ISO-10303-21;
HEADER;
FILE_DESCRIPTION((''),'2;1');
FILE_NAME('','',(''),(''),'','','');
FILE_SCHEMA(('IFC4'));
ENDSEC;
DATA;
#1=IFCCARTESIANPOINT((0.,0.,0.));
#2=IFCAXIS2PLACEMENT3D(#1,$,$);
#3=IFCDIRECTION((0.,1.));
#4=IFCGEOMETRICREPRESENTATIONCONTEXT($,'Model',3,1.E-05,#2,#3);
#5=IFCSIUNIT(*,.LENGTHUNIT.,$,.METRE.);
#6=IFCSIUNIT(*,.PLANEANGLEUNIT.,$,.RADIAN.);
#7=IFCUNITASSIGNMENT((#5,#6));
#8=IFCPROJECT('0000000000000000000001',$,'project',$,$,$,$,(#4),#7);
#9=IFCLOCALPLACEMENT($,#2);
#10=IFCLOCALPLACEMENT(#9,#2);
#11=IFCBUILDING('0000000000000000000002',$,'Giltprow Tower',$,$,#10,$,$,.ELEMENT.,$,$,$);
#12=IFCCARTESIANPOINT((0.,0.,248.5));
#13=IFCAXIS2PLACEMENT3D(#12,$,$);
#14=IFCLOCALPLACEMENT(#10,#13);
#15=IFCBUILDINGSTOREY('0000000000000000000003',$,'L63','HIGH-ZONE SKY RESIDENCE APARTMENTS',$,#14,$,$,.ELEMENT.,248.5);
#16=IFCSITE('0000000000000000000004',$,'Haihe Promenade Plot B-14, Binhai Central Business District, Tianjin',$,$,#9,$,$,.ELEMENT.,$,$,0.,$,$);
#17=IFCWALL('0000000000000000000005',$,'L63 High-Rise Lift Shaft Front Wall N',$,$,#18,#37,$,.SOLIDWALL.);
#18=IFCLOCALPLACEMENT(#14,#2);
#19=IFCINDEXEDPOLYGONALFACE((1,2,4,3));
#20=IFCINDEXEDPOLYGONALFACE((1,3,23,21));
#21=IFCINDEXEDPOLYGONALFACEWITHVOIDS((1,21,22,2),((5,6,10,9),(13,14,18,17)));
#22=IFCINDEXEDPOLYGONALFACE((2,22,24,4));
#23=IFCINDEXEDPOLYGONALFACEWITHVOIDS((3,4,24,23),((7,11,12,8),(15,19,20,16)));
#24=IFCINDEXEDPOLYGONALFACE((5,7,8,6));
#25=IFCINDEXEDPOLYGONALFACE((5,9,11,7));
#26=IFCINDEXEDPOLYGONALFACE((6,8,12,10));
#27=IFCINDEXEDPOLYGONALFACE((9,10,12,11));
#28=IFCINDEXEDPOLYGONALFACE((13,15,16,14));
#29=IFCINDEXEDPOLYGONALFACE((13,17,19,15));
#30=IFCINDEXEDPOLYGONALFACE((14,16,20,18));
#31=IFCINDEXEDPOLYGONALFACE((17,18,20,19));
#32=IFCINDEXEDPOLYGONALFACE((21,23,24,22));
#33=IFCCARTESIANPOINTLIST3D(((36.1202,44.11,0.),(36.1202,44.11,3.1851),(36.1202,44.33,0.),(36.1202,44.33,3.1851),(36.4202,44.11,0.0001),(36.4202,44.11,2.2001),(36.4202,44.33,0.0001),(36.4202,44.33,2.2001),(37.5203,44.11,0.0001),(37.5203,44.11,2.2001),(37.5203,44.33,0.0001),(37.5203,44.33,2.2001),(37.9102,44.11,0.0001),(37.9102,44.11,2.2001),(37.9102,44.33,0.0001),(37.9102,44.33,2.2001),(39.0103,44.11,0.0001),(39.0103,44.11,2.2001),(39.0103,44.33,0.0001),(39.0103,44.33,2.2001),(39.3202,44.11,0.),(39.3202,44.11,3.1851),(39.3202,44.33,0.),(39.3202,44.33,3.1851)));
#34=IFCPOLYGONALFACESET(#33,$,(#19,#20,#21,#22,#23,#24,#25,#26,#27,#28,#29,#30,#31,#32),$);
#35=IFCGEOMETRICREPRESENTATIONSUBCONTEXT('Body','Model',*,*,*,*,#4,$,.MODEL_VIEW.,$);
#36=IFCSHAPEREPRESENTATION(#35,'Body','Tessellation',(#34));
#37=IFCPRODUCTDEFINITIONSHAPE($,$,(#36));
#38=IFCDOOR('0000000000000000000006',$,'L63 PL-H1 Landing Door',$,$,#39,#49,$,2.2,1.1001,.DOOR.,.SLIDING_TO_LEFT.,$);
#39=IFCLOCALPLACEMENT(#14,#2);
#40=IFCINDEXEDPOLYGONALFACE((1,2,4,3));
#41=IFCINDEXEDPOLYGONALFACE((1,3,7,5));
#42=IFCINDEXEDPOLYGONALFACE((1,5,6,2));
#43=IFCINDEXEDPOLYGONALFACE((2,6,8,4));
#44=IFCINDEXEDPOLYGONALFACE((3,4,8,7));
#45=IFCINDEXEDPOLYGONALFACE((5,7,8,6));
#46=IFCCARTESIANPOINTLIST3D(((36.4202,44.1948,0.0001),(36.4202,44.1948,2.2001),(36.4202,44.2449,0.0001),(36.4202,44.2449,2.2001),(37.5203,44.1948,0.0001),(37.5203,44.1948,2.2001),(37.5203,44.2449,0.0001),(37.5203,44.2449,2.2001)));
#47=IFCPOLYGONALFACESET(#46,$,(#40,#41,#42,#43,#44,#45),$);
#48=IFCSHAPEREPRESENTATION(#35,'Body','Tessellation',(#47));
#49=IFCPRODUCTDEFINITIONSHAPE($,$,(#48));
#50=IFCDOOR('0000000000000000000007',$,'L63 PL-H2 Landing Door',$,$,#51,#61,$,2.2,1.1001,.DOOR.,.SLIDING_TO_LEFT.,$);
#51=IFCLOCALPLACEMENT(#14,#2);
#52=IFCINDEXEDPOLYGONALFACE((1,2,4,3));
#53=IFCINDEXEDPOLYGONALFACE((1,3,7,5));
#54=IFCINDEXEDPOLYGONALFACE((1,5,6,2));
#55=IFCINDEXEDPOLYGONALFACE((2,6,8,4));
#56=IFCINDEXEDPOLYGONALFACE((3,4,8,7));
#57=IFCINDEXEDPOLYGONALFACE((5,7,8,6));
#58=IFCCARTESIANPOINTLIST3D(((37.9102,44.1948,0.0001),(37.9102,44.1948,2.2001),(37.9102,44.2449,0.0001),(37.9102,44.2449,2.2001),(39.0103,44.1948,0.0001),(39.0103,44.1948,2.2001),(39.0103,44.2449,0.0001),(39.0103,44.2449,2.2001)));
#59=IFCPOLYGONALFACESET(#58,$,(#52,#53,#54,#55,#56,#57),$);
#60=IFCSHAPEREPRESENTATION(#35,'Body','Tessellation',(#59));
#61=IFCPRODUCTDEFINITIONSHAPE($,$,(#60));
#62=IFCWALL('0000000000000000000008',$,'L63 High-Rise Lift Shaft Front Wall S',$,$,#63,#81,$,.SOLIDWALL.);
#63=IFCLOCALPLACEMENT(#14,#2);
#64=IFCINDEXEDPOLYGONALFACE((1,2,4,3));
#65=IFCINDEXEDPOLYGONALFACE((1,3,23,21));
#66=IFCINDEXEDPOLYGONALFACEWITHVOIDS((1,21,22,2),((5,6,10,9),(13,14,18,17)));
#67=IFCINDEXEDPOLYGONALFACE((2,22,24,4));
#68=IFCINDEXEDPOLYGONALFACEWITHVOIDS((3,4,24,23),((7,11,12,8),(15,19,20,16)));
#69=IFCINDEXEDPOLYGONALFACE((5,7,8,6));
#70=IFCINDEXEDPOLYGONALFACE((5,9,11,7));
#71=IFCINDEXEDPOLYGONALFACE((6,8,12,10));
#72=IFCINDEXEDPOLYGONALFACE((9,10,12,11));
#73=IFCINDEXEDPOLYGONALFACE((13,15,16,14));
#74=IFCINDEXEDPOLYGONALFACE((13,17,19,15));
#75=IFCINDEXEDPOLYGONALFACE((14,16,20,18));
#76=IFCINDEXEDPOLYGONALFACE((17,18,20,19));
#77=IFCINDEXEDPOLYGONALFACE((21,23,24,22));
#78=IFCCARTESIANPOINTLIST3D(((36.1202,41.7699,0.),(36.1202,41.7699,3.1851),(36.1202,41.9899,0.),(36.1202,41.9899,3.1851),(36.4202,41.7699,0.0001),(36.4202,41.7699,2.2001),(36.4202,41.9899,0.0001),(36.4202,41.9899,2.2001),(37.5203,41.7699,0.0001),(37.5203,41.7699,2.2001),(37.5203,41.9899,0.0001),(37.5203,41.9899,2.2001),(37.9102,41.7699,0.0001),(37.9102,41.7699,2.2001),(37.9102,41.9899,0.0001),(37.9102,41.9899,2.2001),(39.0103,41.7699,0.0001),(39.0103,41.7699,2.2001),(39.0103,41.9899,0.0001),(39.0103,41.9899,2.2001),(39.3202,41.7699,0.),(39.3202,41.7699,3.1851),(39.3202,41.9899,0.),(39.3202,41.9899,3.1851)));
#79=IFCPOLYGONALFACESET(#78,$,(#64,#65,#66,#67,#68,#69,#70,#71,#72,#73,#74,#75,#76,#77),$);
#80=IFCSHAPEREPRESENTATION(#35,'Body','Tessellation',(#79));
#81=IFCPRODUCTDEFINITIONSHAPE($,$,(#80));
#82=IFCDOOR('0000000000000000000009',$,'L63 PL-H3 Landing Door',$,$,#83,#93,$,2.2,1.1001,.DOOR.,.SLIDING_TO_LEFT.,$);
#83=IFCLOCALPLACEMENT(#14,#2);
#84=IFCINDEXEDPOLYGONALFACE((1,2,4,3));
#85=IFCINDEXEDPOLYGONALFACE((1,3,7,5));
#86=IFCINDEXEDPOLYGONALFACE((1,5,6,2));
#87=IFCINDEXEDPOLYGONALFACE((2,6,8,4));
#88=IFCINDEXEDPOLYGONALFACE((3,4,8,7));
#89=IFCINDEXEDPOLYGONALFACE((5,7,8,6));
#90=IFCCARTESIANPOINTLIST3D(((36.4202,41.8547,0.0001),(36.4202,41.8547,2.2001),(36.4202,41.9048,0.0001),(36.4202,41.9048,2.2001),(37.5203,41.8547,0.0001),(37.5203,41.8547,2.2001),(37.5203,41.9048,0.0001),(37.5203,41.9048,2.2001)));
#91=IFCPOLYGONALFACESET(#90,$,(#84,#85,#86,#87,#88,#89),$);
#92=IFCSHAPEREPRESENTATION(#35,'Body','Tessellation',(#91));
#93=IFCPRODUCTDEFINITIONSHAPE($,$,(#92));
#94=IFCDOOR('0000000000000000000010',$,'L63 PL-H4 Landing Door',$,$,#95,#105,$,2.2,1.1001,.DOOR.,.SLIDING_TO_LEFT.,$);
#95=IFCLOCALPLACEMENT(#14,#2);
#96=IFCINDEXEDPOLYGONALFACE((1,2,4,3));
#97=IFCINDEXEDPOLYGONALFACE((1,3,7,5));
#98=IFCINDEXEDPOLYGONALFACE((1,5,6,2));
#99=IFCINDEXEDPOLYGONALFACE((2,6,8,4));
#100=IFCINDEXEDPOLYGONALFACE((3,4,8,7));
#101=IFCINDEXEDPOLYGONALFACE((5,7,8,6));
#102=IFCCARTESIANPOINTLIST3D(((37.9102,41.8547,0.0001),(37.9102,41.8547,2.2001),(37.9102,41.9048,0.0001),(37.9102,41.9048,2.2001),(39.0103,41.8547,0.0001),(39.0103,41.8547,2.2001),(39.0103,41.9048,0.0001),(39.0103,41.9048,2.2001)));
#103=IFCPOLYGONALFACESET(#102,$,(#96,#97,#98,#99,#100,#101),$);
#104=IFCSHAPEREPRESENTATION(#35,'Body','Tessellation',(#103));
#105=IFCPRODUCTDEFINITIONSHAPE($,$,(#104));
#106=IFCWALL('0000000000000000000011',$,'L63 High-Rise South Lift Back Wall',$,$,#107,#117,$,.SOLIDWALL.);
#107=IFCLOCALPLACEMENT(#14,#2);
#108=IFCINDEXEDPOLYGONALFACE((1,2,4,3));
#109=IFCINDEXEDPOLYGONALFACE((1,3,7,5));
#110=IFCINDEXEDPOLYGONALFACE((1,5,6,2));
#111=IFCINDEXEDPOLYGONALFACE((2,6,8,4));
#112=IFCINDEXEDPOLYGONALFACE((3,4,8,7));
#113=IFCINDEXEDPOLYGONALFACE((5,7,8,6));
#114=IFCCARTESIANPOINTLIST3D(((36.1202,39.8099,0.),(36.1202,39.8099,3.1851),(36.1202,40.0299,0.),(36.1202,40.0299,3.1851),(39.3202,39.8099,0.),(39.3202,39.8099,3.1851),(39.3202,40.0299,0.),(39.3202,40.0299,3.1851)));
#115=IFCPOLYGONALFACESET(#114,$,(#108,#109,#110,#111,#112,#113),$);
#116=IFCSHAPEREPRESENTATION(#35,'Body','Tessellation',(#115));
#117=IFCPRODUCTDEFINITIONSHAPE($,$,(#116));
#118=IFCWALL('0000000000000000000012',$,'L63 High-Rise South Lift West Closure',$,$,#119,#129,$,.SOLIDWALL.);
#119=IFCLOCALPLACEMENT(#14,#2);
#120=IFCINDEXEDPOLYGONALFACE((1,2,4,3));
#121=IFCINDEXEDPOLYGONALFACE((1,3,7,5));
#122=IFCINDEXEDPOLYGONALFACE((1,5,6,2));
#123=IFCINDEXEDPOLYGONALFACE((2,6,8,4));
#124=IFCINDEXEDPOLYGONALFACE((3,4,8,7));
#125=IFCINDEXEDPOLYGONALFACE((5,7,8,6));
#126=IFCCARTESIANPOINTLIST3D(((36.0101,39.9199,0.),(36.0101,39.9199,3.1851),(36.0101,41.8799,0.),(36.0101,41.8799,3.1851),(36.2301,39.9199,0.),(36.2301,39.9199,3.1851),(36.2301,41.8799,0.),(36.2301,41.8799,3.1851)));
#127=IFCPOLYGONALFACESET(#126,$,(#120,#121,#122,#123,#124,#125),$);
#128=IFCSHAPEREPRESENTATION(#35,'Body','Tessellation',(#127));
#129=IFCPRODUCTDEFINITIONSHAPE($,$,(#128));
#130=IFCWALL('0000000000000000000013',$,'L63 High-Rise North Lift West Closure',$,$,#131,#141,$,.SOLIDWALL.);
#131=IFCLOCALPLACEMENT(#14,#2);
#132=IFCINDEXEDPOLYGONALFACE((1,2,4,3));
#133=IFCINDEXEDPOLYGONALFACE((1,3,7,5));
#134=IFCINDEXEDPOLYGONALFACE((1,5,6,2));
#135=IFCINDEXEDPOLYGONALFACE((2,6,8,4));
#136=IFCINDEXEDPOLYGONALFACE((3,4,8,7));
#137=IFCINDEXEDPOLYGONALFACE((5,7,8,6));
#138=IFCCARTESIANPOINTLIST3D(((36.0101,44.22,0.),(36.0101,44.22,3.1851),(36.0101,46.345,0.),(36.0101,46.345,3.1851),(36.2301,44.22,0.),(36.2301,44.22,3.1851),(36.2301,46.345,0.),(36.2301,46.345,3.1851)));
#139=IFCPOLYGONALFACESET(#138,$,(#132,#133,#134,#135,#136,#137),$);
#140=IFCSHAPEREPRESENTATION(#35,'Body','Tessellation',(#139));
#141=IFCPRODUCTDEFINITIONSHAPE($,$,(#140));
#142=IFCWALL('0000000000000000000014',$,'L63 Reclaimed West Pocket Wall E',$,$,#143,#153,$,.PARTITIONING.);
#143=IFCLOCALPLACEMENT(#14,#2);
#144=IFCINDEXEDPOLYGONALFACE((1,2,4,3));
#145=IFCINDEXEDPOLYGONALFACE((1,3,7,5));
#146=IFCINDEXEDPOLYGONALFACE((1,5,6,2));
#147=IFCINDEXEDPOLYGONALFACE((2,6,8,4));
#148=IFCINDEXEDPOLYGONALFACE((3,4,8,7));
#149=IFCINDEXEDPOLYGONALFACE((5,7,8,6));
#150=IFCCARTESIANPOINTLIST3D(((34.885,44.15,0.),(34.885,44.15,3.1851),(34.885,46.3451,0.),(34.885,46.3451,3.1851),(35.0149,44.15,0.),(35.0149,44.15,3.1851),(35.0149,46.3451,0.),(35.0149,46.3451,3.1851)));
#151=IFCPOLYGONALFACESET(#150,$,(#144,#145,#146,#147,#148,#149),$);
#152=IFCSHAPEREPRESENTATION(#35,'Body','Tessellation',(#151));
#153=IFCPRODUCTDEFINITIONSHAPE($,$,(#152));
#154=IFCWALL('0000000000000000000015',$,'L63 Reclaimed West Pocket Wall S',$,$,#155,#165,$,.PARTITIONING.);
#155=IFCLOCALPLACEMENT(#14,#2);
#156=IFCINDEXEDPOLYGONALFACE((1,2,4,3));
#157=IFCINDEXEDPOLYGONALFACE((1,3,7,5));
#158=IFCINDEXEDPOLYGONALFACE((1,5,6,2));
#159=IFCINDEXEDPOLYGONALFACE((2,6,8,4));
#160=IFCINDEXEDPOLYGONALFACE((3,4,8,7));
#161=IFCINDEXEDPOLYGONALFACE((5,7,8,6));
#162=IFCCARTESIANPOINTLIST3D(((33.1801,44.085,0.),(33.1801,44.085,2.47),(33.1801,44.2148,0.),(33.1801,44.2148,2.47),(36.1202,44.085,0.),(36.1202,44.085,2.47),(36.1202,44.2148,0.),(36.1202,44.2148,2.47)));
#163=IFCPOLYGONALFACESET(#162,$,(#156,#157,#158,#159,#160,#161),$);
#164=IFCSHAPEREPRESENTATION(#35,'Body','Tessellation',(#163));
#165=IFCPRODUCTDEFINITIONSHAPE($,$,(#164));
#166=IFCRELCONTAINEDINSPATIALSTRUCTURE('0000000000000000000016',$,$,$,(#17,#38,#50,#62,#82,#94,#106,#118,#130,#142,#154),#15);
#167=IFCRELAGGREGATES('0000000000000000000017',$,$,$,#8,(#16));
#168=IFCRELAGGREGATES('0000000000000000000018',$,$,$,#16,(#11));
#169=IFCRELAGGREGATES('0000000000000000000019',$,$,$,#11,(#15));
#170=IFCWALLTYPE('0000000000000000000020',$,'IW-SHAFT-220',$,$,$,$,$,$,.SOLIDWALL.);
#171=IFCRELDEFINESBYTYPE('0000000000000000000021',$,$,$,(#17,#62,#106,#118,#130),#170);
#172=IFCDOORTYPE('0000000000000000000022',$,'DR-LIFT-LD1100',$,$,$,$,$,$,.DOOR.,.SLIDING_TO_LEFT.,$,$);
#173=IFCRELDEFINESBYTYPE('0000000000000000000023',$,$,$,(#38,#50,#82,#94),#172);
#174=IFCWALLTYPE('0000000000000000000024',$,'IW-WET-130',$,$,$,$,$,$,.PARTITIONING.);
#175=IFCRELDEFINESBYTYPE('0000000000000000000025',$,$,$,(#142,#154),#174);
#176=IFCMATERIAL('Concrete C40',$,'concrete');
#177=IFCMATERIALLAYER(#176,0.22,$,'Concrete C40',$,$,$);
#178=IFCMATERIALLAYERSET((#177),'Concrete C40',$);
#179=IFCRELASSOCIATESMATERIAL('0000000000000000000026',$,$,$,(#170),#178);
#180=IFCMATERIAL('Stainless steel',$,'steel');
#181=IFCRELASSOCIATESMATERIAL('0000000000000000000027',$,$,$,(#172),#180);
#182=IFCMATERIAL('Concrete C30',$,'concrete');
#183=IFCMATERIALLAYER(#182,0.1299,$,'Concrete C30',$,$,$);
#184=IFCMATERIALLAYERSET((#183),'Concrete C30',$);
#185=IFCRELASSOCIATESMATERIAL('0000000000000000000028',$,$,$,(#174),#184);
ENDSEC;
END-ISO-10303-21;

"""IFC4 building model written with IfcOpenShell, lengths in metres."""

from ifc_helpers import new_model, si_unit, direction, frame, frame_2d, origin, place, context, subcontext, project, spatial, rectangle, extrude, source, transform, mapped, material, layer, layer_set, type_object, element, fill, save


model = new_model("IFC4")

# Units and contexts
model_context = context("Model", 3, precision=1e-05, world=origin(), true_north=direction((0.0, 1.0)))
body_context = subcontext(model_context, "Body", "Model", "MODEL_VIEW")
ifc_project = project(units=[si_unit("LENGTHUNIT", "METRE"), si_unit("PLANEANGLEUNIT", "RADIAN")], contexts=[model_context])

# Site, building, storey
site_placement = place(None, origin())
site = spatial("IfcSite", under=ifc_project, at=site_placement, Name="Haihe Promenade Plot B-14, Binhai Central Business District, Tianjin", CompositionType="ELEMENT", RefElevation=0.0)
building_placement = place(site_placement, origin())
building = spatial("IfcBuilding", under=site, at=building_placement, Name="Giltprow Tower", CompositionType="ELEMENT")
storey_placement = place(building_placement, frame((0.0, 0.0, 248.5)))
storey = spatial("IfcBuildingStorey", under=building, at=storey_placement, Name="L63", Description="HIGH-ZONE SKY RESIDENCE APARTMENTS", CompositionType="ELEMENT", Elevation=248.5)

# Shared definitions
ifc_material_1 = material(Name="Concrete C40", Category="concrete")
ifc_layer_1 = layer(ifc_material_1, 0.22, Name="Concrete C40")
ifc_layer_set_1 = layer_set([ifc_layer_1], Name="Concrete C40")
wall_type_1 = type_object("IfcWallType", Name="IW-SHAFT-220", PredefinedType="SOLIDWALL", material=ifc_layer_set_1)
ifc_material_2 = material(Name="Stainless steel", Category="steel")
door_type_1 = type_object("IfcDoorType", Name="DR-LIFT-LD1100", OperationType="SLIDING_TO_LEFT", PredefinedType="DOOR", material=ifc_material_2)
shared_shape_1 = source(origin(), body_context, "Body", "SweptSolid", [
    extrude(rectangle(XDim=1.1001, YDim=2.2, at=frame_2d((0.55, 1.1001))), frame((0.0, 0.0249, 0.0), z_axis=(0.0, -1.0, 0.0), x_axis=(1.0, 0.0, 0.0)), (0.0, 0.0, 1.0), 0.05),
])

# Walls, openings, doors
wall_1_placement = place(storey_placement, frame((36.1201, 44.22, 0.0), z_axis=(0.0, 0.0, 1.0), x_axis=(1.0, 0.0, 0.0)))
wall_1 = element("IfcWall", 1, at=wall_1_placement, inside=storey, type_object=wall_type_1, Name="L63 High-Rise Lift Shaft Front Wall N", PredefinedType="SOLIDWALL", context=body_context, shape_type="SweptSolid", body=[
    extrude(rectangle(XDim=3.2, YDim=0.22, at=frame_2d((1.6001, 0.0))), origin(), (0.0, 0.0, 1.0), 3.1851),
])
opening_1_placement = place(wall_1_placement, frame((0.3, 0.0, 0.0)))
opening_1 = element("IfcOpeningElement", 2, at=opening_1_placement, cuts=wall_1, PredefinedType="OPENING", context=body_context, shape_type="SweptSolid", body=[
    extrude(rectangle(XDim=1.1001, YDim=2.2, at=frame_2d((0.55, 1.1001))), frame((0.0, 0.1199, 0.0), z_axis=(0.0, -1.0, 0.0), x_axis=(1.0, 0.0, 0.0)), (0.0, 0.0, 1.0), 0.24),
])
opening_2_placement = place(wall_1_placement, frame((1.79, 0.0, 0.0)))
opening_2 = element("IfcOpeningElement", 3, at=opening_2_placement, cuts=wall_1, PredefinedType="OPENING", context=body_context, shape_type="SweptSolid", body=[
    extrude(rectangle(XDim=1.1001, YDim=2.2, at=frame_2d((0.55, 1.1001))), frame((0.0, 0.1199, 0.0), z_axis=(0.0, -1.0, 0.0), x_axis=(1.0, 0.0, 0.0)), (0.0, 0.0, 1.0), 0.24),
])
door_1_placement = place(opening_1_placement, origin())
door_1 = element("IfcDoor", 4, at=door_1_placement, inside=storey, type_object=door_type_1, Name="L63 PL-H1 Landing Door", OperationType="SLIDING_TO_LEFT", OverallHeight=2.2, OverallWidth=1.1001, PredefinedType="DOOR", context=body_context, shape_type="MappedRepresentation", body=[
    mapped(shared_shape_1, transform((0.0, 0.0, 0.0), x_axis=(1.0, 0.0, 0.0), y_axis=(0.0, 1.0, 0.0), z_axis=(0.0, 0.0, 1.0), scale=1.0)),
])
fill(opening_1, door_1)
door_2_placement = place(opening_2_placement, origin())
door_2 = element("IfcDoor", 5, at=door_2_placement, inside=storey, type_object=door_type_1, Name="L63 PL-H2 Landing Door", OperationType="SLIDING_TO_LEFT", OverallHeight=2.2, OverallWidth=1.1001, PredefinedType="DOOR", context=body_context, shape_type="MappedRepresentation", body=[
    mapped(shared_shape_1, transform((0.0, 0.0, 0.0), x_axis=(1.0, 0.0, 0.0), y_axis=(0.0, 1.0, 0.0), z_axis=(0.0, 0.0, 1.0), scale=1.0)),
])
fill(opening_2, door_2)
wall_2_placement = place(storey_placement, frame((36.1201, 41.8799, 0.0), z_axis=(0.0, 0.0, 1.0), x_axis=(1.0, 0.0, 0.0)))
wall_2 = element("IfcWall", 6, at=wall_2_placement, inside=storey, type_object=wall_type_1, Name="L63 High-Rise Lift Shaft Front Wall S", PredefinedType="SOLIDWALL", context=body_context, shape_type="SweptSolid", body=[
    extrude(rectangle(XDim=3.2, YDim=0.22, at=frame_2d((1.6001, 0.0))), origin(), (0.0, 0.0, 1.0), 3.1851),
])
opening_3_placement = place(wall_2_placement, frame((0.3, 0.0, 0.0)))
opening_3 = element("IfcOpeningElement", 7, at=opening_3_placement, cuts=wall_2, PredefinedType="OPENING", context=body_context, shape_type="SweptSolid", body=[
    extrude(rectangle(XDim=1.1001, YDim=2.2, at=frame_2d((0.55, 1.1001))), frame((0.0, 0.1199, 0.0), z_axis=(0.0, -1.0, 0.0), x_axis=(1.0, 0.0, 0.0)), (0.0, 0.0, 1.0), 0.24),
])
opening_4_placement = place(wall_2_placement, frame((1.79, 0.0, 0.0)))
opening_4 = element("IfcOpeningElement", 8, at=opening_4_placement, cuts=wall_2, PredefinedType="OPENING", context=body_context, shape_type="SweptSolid", body=[
    extrude(rectangle(XDim=1.1001, YDim=2.2, at=frame_2d((0.55, 1.1001))), frame((0.0, 0.1199, 0.0), z_axis=(0.0, -1.0, 0.0), x_axis=(1.0, 0.0, 0.0)), (0.0, 0.0, 1.0), 0.24),
])
door_3_placement = place(opening_3_placement, origin())
door_3 = element("IfcDoor", 9, at=door_3_placement, inside=storey, type_object=door_type_1, Name="L63 PL-H3 Landing Door", OperationType="SLIDING_TO_LEFT", OverallHeight=2.2, OverallWidth=1.1001, PredefinedType="DOOR", context=body_context, shape_type="MappedRepresentation", body=[
    mapped(shared_shape_1, transform((0.0, 0.0, 0.0), x_axis=(1.0, 0.0, 0.0), y_axis=(0.0, 1.0, 0.0), z_axis=(0.0, 0.0, 1.0), scale=1.0)),
])
fill(opening_3, door_3)
door_4_placement = place(opening_4_placement, origin())
door_4 = element("IfcDoor", 10, at=door_4_placement, inside=storey, type_object=door_type_1, Name="L63 PL-H4 Landing Door", OperationType="SLIDING_TO_LEFT", OverallHeight=2.2, OverallWidth=1.1001, PredefinedType="DOOR", context=body_context, shape_type="MappedRepresentation", body=[
    mapped(shared_shape_1, transform((0.0, 0.0, 0.0), x_axis=(1.0, 0.0, 0.0), y_axis=(0.0, 1.0, 0.0), z_axis=(0.0, 0.0, 1.0), scale=1.0)),
])
fill(opening_4, door_4)

# Walls
wall_3_placement = place(storey_placement, frame((36.1201, 39.9199, 0.0), z_axis=(0.0, 0.0, 1.0), x_axis=(1.0, 0.0, 0.0)))
element("IfcWall", 11, at=wall_3_placement, inside=storey, type_object=wall_type_1, Name="L63 High-Rise South Lift Back Wall", PredefinedType="SOLIDWALL", context=body_context, shape_type="SweptSolid", body=[
    extrude(rectangle(XDim=3.2, YDim=0.22, at=frame_2d((1.6001, 0.0))), origin(), (0.0, 0.0, 1.0), 3.1851),
])
wall_4_placement = place(storey_placement, frame((36.1201, 39.9199, 0.0), z_axis=(0.0, 0.0, 1.0), x_axis=(0.0, 1.0, 0.0)))
element("IfcWall", 12, at=wall_4_placement, inside=storey, type_object=wall_type_1, Name="L63 High-Rise South Lift West Closure", PredefinedType="SOLIDWALL", context=body_context, shape_type="SweptSolid", body=[
    extrude(rectangle(XDim=1.96, YDim=0.22, at=frame_2d((0.98, 0.0))), origin(), (0.0, 0.0, 1.0), 3.1851),
])
wall_5_placement = place(storey_placement, frame((36.1201, 44.22, 0.0), z_axis=(0.0, 0.0, 1.0), x_axis=(0.0, 1.0, 0.0)))
element("IfcWall", 13, at=wall_5_placement, inside=storey, type_object=wall_type_1, Name="L63 High-Rise North Lift West Closure", PredefinedType="SOLIDWALL", context=body_context, shape_type="SweptSolid", body=[
    extrude(rectangle(XDim=2.125, YDim=0.22, at=frame_2d((1.0625, 0.0))), origin(), (0.0, 0.0, 1.0), 3.1851),
])
ifc_material_3 = material(Name="Concrete C30", Category="concrete")
ifc_layer_2 = layer(ifc_material_3, 0.1299, Name="Concrete C30")
ifc_layer_set_2 = layer_set([ifc_layer_2], Name="Concrete C30")
wall_type_2 = type_object("IfcWallType", Name="IW-WET-130", PredefinedType="PARTITIONING", material=ifc_layer_set_2)
wall_6_placement = place(storey_placement, frame((34.95, 44.1499, 0.0), z_axis=(0.0, 0.0, 1.0), x_axis=(0.0, 1.0, 0.0)))
element("IfcWall", 14, at=wall_6_placement, inside=storey, type_object=wall_type_2, Name="L63 Reclaimed West Pocket Wall E", PredefinedType="PARTITIONING", context=body_context, shape_type="SweptSolid", body=[
    extrude(rectangle(XDim=2.1951, YDim=0.1299, at=frame_2d((1.0977, 0.0))), origin(), (0.0, 0.0, 1.0), 3.1851),
])
wall_7_placement = place(storey_placement, frame((33.1799, 44.1499, 0.0), z_axis=(0.0, 0.0, 1.0), x_axis=(1.0, 0.0, 0.0)))
element("IfcWall", 15, at=wall_7_placement, inside=storey, type_object=wall_type_2, Name="L63 Reclaimed West Pocket Wall S", PredefinedType="PARTITIONING", context=body_context, shape_type="SweptSolid", body=[
    extrude(rectangle(XDim=2.9402, YDim=0.1299, at=frame_2d((1.4702, 0.0))), origin(), (0.0, 0.0, 1.0), 2.47),
])

save(model, "model.ifc")
